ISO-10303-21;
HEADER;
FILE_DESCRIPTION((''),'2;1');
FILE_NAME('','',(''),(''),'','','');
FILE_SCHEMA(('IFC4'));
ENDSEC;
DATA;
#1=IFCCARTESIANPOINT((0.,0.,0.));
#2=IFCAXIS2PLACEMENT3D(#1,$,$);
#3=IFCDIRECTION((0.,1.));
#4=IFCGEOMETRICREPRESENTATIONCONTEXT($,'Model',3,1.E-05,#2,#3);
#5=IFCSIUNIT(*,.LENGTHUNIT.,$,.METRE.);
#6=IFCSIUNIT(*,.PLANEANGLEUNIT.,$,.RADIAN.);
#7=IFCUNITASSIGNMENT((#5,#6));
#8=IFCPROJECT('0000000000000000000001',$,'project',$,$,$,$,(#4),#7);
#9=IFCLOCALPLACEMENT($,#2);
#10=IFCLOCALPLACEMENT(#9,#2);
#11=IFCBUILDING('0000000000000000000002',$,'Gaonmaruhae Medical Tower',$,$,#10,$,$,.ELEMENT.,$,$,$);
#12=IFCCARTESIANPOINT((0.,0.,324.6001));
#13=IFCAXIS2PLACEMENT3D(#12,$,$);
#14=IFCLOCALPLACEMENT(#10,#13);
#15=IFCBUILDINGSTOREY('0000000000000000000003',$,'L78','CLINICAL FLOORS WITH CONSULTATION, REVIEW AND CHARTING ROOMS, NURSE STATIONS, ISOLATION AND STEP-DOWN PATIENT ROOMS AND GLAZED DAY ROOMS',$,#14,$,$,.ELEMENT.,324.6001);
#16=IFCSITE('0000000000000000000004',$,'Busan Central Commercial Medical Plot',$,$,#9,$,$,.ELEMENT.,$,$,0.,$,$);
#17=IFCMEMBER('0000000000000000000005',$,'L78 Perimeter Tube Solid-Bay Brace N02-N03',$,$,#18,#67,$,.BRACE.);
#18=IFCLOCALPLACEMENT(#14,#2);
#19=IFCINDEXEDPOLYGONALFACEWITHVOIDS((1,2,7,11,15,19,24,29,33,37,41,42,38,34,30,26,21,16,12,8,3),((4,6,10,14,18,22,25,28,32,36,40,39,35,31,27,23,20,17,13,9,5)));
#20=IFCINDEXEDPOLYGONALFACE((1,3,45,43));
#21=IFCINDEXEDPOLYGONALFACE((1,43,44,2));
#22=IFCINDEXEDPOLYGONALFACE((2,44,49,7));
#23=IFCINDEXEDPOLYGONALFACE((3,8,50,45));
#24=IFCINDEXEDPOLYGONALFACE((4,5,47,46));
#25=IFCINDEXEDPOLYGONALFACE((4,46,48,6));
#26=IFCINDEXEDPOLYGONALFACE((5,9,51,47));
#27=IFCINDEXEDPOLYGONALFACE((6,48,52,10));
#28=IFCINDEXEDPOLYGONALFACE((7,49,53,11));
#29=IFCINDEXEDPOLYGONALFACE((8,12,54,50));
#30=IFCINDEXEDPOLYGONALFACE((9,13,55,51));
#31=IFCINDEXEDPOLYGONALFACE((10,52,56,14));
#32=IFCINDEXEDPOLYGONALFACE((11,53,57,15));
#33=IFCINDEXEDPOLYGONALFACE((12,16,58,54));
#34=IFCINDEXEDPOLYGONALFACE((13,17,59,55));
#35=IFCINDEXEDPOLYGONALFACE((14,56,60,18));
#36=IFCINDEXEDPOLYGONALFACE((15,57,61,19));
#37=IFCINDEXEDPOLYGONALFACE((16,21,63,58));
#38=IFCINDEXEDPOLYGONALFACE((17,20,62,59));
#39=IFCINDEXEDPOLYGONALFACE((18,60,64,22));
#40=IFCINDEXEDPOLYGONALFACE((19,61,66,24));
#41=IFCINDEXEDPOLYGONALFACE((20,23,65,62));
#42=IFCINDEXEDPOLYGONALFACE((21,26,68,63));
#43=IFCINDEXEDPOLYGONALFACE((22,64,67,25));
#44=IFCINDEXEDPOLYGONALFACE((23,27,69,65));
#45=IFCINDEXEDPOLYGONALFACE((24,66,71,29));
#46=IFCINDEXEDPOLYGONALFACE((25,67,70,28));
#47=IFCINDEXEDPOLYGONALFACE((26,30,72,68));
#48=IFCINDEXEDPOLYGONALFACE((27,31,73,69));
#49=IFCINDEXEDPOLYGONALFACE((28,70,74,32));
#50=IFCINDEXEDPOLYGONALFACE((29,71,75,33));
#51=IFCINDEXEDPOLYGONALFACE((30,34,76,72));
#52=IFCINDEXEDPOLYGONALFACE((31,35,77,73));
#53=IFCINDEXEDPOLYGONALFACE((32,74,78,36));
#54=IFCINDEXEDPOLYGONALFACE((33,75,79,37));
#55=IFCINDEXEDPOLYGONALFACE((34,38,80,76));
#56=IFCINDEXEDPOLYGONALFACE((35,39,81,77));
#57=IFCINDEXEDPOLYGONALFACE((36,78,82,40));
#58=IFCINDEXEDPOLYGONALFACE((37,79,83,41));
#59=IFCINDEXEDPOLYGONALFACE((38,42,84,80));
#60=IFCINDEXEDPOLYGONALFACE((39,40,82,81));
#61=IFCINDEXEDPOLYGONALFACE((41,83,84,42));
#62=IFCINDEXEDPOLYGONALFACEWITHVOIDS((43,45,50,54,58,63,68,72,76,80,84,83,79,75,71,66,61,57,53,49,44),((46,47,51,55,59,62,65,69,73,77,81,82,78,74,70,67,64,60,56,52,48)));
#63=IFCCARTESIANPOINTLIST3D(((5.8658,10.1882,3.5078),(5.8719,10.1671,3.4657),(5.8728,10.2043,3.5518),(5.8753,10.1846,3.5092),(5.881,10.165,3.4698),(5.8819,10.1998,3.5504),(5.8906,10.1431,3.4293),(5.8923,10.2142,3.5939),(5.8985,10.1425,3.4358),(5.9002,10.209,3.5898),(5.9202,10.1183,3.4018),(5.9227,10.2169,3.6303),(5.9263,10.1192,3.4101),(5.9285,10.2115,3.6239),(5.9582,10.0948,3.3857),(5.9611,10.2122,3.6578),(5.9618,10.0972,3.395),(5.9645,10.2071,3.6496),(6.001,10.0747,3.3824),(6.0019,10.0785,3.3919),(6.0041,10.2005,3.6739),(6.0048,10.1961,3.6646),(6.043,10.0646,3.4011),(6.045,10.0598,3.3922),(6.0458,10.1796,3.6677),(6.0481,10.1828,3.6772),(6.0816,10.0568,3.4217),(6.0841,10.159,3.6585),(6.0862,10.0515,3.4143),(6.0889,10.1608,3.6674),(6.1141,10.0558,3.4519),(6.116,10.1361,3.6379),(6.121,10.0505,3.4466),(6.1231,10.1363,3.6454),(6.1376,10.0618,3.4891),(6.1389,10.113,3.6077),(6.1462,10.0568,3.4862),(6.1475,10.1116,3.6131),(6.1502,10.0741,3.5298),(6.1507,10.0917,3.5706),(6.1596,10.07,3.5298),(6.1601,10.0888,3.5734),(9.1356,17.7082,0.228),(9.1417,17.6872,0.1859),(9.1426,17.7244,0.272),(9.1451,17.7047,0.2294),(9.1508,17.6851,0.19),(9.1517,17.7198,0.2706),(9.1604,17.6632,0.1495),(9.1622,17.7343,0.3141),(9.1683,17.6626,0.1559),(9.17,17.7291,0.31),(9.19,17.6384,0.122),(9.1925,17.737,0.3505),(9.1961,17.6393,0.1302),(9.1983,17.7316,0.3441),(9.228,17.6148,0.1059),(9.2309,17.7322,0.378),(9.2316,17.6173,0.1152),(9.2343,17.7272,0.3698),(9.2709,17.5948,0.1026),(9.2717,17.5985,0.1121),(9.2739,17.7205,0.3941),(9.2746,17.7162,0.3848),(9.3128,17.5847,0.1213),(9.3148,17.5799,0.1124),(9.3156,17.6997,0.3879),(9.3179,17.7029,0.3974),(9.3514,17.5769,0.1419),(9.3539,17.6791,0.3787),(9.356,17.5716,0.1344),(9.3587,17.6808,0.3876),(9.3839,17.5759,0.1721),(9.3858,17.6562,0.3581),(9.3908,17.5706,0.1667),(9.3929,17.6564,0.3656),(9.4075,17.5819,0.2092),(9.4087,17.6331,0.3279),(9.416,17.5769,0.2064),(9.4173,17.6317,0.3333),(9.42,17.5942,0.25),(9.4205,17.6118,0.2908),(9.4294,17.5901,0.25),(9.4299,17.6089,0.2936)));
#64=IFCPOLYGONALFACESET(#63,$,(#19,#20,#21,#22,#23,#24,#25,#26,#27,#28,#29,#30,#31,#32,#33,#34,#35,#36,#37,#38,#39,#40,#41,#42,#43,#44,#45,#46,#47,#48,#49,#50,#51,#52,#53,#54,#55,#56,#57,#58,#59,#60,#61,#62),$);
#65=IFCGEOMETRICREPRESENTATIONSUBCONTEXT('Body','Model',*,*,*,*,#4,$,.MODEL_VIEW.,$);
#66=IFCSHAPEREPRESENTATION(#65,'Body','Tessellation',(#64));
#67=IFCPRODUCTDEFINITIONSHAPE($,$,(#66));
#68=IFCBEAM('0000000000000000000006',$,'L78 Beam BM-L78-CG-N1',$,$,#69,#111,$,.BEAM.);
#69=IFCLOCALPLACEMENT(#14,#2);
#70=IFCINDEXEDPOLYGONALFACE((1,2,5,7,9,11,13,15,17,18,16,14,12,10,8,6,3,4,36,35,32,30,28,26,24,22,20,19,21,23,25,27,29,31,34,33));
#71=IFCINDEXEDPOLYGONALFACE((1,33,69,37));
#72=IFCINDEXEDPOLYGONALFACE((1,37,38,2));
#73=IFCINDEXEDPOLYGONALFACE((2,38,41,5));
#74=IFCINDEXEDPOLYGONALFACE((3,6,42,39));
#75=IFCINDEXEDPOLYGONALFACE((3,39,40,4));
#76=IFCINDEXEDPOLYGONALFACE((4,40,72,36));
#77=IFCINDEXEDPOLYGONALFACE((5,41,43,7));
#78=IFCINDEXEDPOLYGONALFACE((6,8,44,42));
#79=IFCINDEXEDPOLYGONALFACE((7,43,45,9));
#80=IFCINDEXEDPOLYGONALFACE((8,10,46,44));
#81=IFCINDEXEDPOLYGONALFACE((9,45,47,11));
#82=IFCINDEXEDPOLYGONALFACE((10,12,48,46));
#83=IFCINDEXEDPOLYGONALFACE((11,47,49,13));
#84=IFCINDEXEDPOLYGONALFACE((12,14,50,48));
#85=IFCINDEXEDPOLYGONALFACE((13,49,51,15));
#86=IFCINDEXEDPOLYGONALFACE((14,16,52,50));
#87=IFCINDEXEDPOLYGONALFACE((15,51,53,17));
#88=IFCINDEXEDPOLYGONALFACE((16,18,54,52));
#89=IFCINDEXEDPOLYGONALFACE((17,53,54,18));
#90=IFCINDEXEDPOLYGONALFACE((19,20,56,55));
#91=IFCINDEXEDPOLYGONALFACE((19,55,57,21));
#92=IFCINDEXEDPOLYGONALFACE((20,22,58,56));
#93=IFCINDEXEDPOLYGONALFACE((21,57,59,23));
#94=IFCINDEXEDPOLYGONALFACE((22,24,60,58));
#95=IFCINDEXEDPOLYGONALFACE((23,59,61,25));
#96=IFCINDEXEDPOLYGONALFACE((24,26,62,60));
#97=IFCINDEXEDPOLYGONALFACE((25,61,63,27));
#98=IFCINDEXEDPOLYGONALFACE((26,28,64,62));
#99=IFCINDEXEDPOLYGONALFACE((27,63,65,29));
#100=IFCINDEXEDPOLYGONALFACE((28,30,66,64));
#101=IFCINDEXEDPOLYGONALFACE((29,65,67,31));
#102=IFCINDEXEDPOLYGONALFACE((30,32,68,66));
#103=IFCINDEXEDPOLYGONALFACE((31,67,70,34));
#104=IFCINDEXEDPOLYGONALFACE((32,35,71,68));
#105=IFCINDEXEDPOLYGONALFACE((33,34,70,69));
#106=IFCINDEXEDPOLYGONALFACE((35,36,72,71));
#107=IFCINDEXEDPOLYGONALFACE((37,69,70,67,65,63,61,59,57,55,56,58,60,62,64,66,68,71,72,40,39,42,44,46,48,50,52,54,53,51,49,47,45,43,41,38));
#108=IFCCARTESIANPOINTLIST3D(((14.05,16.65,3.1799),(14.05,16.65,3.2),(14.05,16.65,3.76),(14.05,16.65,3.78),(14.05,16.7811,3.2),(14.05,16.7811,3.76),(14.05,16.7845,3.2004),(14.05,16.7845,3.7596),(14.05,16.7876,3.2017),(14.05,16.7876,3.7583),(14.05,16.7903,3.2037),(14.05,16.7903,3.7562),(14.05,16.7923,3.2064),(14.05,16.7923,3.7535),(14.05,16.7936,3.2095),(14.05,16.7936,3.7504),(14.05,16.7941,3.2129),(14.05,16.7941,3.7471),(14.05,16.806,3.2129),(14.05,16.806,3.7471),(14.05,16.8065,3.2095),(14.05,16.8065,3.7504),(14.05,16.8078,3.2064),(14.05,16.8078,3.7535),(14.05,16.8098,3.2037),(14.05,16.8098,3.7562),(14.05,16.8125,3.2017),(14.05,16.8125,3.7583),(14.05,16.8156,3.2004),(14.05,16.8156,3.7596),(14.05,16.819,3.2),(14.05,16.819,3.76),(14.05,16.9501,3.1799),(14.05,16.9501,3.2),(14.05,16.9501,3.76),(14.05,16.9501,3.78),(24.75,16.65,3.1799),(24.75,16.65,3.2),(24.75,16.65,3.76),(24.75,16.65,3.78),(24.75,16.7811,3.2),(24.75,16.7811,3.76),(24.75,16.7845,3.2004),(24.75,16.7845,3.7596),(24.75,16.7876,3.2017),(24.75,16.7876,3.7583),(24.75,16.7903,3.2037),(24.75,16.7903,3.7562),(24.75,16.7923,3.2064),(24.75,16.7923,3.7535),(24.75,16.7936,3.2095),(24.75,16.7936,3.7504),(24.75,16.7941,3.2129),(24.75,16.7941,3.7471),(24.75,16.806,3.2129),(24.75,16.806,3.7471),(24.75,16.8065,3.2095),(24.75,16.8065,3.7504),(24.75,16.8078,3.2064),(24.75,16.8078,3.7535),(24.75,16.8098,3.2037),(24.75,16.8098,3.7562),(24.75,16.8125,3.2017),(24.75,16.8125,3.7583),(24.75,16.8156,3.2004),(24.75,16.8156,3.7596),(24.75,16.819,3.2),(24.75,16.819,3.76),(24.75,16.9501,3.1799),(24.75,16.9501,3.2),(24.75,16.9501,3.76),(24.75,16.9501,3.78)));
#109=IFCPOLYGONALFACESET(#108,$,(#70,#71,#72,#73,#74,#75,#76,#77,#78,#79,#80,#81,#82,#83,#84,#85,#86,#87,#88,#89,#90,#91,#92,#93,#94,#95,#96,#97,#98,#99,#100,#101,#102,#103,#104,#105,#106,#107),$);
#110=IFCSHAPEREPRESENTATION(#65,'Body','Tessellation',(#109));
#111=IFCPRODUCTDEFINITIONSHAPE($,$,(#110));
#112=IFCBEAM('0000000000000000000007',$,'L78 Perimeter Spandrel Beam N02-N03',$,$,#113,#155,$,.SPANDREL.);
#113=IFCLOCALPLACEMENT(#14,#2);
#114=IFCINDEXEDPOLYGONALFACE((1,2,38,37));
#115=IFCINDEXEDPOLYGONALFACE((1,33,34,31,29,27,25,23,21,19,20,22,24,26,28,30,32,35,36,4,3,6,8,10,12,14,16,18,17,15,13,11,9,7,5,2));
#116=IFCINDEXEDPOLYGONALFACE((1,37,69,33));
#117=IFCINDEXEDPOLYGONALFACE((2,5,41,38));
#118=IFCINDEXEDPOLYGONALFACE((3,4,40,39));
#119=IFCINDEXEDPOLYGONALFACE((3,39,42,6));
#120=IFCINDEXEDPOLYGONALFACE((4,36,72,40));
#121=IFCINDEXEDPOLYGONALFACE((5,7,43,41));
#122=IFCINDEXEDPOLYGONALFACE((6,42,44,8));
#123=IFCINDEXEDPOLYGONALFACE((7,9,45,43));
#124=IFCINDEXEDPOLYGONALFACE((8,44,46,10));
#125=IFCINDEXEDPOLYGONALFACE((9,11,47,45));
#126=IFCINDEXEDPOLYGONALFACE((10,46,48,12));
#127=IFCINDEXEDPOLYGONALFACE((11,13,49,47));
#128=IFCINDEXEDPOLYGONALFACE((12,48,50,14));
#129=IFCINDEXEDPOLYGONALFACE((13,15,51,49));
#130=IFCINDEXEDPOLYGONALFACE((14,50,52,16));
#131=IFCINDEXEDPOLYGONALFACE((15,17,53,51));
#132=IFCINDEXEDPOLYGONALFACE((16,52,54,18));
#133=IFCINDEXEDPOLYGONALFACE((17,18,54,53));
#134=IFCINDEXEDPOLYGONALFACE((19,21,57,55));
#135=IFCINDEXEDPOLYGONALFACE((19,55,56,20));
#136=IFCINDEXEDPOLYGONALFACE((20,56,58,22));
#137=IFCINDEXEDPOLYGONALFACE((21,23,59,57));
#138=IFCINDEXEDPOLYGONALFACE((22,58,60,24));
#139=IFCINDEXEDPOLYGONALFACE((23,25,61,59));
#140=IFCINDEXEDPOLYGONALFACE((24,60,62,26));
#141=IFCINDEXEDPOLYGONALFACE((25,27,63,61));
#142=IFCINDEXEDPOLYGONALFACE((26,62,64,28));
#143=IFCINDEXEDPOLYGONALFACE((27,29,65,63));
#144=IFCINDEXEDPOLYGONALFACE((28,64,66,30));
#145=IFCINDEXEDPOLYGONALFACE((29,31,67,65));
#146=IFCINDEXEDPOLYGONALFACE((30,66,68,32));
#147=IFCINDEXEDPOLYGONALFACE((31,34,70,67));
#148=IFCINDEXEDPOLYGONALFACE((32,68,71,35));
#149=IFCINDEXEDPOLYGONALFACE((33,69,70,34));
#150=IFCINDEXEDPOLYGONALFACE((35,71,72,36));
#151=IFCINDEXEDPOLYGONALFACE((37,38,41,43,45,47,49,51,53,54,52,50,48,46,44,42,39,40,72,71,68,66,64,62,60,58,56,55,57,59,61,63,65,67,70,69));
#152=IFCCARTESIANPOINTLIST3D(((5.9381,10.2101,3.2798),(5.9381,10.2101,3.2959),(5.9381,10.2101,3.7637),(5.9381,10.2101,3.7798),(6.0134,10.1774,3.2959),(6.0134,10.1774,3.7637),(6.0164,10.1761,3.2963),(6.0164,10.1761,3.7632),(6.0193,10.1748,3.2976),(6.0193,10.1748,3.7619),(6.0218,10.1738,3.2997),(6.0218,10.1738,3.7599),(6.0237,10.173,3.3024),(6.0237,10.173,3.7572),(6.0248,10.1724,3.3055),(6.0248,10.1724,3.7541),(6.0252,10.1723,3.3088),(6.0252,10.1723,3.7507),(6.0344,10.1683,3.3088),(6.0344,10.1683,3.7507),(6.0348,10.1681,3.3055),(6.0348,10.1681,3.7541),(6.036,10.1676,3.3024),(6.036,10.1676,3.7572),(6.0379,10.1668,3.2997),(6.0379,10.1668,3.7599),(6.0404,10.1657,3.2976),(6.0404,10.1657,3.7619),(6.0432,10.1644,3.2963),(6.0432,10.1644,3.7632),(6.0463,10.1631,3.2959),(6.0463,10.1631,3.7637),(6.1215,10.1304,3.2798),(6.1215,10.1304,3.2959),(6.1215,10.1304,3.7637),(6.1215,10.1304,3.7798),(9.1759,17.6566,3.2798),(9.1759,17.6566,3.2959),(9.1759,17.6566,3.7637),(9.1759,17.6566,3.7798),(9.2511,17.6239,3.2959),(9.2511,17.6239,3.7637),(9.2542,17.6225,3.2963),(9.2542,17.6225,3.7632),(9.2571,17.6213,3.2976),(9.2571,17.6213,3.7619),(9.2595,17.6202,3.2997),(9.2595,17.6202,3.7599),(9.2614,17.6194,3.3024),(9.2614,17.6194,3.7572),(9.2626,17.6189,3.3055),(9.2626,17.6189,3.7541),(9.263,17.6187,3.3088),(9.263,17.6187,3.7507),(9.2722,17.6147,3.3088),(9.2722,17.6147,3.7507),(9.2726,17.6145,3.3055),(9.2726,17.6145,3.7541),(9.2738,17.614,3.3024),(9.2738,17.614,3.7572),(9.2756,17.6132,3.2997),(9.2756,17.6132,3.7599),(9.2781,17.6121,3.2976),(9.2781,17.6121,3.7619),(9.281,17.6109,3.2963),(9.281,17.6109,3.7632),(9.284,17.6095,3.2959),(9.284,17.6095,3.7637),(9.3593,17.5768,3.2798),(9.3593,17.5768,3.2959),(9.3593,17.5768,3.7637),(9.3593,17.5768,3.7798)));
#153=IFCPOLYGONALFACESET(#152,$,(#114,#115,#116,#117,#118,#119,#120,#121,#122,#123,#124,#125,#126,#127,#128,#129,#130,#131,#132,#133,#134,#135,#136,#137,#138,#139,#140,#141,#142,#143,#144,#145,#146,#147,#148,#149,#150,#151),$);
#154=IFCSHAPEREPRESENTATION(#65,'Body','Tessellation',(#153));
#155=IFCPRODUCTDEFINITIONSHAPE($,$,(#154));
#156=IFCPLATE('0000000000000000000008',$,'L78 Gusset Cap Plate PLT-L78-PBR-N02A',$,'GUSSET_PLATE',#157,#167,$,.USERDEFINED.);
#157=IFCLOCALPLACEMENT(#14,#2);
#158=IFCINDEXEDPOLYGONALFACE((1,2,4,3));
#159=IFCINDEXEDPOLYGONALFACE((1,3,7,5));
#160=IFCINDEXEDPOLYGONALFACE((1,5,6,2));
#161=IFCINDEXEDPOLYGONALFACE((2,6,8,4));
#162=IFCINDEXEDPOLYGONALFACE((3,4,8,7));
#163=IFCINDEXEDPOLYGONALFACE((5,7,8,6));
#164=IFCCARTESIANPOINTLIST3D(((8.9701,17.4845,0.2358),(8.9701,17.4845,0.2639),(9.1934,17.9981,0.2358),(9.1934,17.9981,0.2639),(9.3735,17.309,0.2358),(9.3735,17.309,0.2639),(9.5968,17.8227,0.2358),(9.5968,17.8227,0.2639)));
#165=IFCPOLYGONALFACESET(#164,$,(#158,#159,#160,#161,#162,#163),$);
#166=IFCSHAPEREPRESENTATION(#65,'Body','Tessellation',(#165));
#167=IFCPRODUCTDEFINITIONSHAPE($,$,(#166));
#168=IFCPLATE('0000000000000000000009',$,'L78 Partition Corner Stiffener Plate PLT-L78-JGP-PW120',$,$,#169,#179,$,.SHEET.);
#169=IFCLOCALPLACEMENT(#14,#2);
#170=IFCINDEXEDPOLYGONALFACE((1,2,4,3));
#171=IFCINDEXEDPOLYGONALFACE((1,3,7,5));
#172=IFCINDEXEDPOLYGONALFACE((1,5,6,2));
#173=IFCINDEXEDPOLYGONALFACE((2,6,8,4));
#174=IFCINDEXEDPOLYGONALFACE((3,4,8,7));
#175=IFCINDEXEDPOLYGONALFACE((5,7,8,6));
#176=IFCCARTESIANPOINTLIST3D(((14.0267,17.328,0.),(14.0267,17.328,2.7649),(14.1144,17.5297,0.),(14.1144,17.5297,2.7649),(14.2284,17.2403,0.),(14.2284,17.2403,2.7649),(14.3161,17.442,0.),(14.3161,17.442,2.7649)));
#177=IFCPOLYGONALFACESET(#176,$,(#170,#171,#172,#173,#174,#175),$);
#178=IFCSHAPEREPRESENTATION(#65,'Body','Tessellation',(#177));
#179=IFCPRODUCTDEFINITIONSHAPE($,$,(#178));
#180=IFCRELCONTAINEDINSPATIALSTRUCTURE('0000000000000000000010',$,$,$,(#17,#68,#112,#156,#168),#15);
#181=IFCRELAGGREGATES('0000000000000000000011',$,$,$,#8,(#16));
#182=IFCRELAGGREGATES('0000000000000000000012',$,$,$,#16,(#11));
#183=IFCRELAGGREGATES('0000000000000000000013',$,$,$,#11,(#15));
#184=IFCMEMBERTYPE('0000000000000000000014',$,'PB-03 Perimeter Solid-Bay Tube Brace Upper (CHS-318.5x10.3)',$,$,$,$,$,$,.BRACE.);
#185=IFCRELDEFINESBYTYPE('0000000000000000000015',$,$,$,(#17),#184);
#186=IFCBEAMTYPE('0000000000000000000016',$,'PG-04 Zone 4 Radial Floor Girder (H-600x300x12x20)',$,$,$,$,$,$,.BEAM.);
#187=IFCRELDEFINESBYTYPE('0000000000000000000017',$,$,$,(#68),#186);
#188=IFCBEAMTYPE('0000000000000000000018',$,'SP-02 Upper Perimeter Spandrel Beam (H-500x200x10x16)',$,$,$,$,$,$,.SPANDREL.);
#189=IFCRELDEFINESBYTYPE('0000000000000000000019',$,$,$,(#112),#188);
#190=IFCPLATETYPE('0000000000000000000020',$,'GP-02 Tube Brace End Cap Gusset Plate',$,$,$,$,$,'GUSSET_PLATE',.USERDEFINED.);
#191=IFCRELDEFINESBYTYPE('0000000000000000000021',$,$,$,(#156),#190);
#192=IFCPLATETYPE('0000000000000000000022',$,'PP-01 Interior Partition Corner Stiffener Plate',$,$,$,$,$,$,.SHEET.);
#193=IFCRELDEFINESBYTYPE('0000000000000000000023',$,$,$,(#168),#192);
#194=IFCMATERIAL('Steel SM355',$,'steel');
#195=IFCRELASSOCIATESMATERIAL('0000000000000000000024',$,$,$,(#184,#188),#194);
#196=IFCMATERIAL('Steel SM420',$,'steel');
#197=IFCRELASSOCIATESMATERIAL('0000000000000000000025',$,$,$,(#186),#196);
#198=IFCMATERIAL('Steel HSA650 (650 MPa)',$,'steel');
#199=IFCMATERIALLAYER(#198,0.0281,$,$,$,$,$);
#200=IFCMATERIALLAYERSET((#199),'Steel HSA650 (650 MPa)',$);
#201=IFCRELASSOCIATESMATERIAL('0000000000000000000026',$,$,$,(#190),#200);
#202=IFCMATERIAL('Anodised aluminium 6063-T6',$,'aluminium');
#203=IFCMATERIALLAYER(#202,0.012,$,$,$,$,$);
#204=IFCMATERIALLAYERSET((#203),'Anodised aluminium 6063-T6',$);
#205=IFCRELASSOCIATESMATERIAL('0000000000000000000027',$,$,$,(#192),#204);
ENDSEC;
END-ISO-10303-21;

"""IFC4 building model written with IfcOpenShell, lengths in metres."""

from ifc_helpers import new_model, si_unit, direction, frame, origin, origin_2d, place, context, subcontext, project, spatial, rectangle, hollow_circle, i_section, extrude, material, layer, layer_set, material_profile, profile_set, type_object, element, save


model = new_model("IFC4")

# Units and contexts
model_context = context("Model", 3, precision=1e-05, world=origin(), true_north=direction((0.0, 1.0)))
body_context = subcontext(model_context, "Body", "Model", "MODEL_VIEW")
ifc_project = project(units=[si_unit("LENGTHUNIT", "METRE"), si_unit("PLANEANGLEUNIT", "RADIAN")], contexts=[model_context])

# Site, building, storey
site_placement = place(None, origin())
site = spatial("IfcSite", under=ifc_project, at=site_placement, Name="Busan Central Commercial Medical Plot", CompositionType="ELEMENT", RefElevation=0.0)
building_placement = place(site_placement, origin())
building = spatial("IfcBuilding", under=site, at=building_placement, Name="Gaonmaruhae Medical Tower", CompositionType="ELEMENT")
storey_placement = place(building_placement, frame((0.0, 0.0, 324.6001)))
storey = spatial("IfcBuildingStorey", under=building, at=storey_placement, Name="L78", Description="CLINICAL FLOORS WITH CONSULTATION, REVIEW AND CHARTING ROOMS, NURSE STATIONS, ISOLATION AND STEP-DOWN PATIENT ROOMS AND GLAZED DAY ROOMS", CompositionType="ELEMENT", Elevation=324.6001)

# Shared definitions
ifc_material_1 = material(Name="Steel SM420", Category="steel")
ifc_material_2 = material(Name="Steel SM355", Category="steel")

# Member
ifc_material_profile_1 = material_profile(ifc_material_2, hollow_circle(Radius=0.1592, WallThickness=0.0103, at=origin_2d()), Name="CHS-318.5x10.3")
ifc_profile_set_1 = profile_set([ifc_material_profile_1], Name="Steel SM355")
member_type = type_object("IfcMemberType", Name="PB-03 Perimeter Solid-Bay Tube Brace Upper (CHS-318.5x10.3)", PredefinedType="BRACE", material=ifc_profile_set_1)
member_placement = place(storey_placement, frame((9.2834, 17.6536, 0.25), z_axis=(-0.370231, -0.851479, 0.371365), x_axis=(0.917061, -0.398747, 0.0)))
element("IfcMember", 1, at=member_placement, inside=storey, type_object=member_type, Name="L78 Perimeter Tube Solid-Bay Brace N02-N03", PredefinedType="BRACE", context=body_context, shape_type="SweptSolid", body=[
    extrude(hollow_circle(Radius=0.1592, WallThickness=0.0103, at=origin_2d()), origin(), (0.0, 0.0, 1.0), 8.8318),
])

# Beams
ifc_material_profile_2 = material_profile(ifc_material_1, i_section(OverallWidth=0.3, OverallDepth=0.6001, WebThickness=0.012, FlangeThickness=0.02, FilletRadius=0.0129, at=origin_2d()), Name="H-600x300x12x20")
ifc_profile_set_2 = profile_set([ifc_material_profile_2], Name="Steel SM420")
beam_type_1 = type_object("IfcBeamType", Name="PG-04 Zone 4 Radial Floor Girder (H-600x300x12x20)", PredefinedType="BEAM", material=ifc_profile_set_2)
beam_1_placement = place(storey_placement, frame((14.05, 16.8, 3.48), z_axis=(1.0, 0.0, 0.0), x_axis=(0.0, 1.0, 0.0)))
element("IfcBeam", 2, at=beam_1_placement, inside=storey, type_object=beam_type_1, Name="L78 Beam BM-L78-CG-N1", PredefinedType="BEAM", context=body_context, shape_type="SweptSolid", body=[
    extrude(i_section(OverallWidth=0.3, OverallDepth=0.6001, WebThickness=0.012, FlangeThickness=0.02, FilletRadius=0.0129, at=origin_2d()), origin(), (0.0, 0.0, 1.0), 10.7),
])
ifc_material_profile_3 = material_profile(ifc_material_2, i_section(OverallWidth=0.2, OverallDepth=0.5, WebThickness=0.01, FlangeThickness=0.0161, FilletRadius=0.0129, at=origin_2d()), Name="H-500x200x10x16")
ifc_profile_set_3 = profile_set([ifc_material_profile_3], Name="Steel SM355")
beam_type_2 = type_object("IfcBeamType", Name="SP-02 Upper Perimeter Spandrel Beam (H-500x200x10x16)", PredefinedType="SPANDREL", material=ifc_profile_set_3)
beam_2_placement = place(storey_placement, frame((9.2676, 17.6167, 3.5298), z_axis=(-0.398744, -0.917062, 0.0), x_axis=(0.917062, -0.398744, 0.0)))
element("IfcBeam", 3, at=beam_2_placement, inside=storey, type_object=beam_type_2, Name="L78 Perimeter Spandrel Beam N02-N03", PredefinedType="SPANDREL", context=body_context, shape_type="SweptSolid", body=[
    extrude(i_section(OverallWidth=0.2, OverallDepth=0.5, WebThickness=0.01, FlangeThickness=0.0161, FilletRadius=0.0129, at=origin_2d()), origin(), (0.0, 0.0, 1.0), 8.1199),
])

# Plates
ifc_material_3 = material(Name="Steel HSA650 (650 MPa)", Category="steel")
ifc_layer_1 = layer(ifc_material_3, 0.0281)
ifc_layer_set_1 = layer_set([ifc_layer_1], Name="Steel HSA650 (650 MPa)")
plate_type_1 = type_object("IfcPlateType", Name="GP-02 Tube Brace End Cap Gusset Plate", ElementType="GUSSET_PLATE", PredefinedType="USERDEFINED", material=ifc_layer_set_1)
plate_1_placement = place(storey_placement, frame((9.2834, 17.6536, 0.2358), z_axis=(0.0, 0.0, 1.0), x_axis=(0.398749, 0.91706, 0.0)))
element("IfcPlate", 4, at=plate_1_placement, inside=storey, type_object=plate_type_1, Name="L78 Gusset Cap Plate PLT-L78-PBR-N02A", ObjectType="GUSSET_PLATE", PredefinedType="USERDEFINED", context=body_context, shape_type="SweptSolid", body=[
    extrude(rectangle(XDim=0.5601, YDim=0.4399, at=origin_2d()), origin(), (0.0, 0.0, 1.0), 0.0281),
])
ifc_material_4 = material(Name="Anodised aluminium 6063-T6", Category="aluminium")
ifc_layer_2 = layer(ifc_material_4, 0.012)
ifc_layer_set_2 = layer_set([ifc_layer_2], Name="Anodised aluminium 6063-T6")
plate_type_2 = type_object("IfcPlateType", Name="PP-01 Interior Partition Corner Stiffener Plate", PredefinedType="SHEET", material=ifc_layer_set_2)
plate_2_placement = place(storey_placement, frame((14.1714, 17.385, 0.0), z_axis=(0.0, 0.0, 1.0), x_axis=(-0.398941, -0.916977, 0.0)))
element("IfcPlate", 5, at=plate_2_placement, inside=storey, type_object=plate_type_2, Name="L78 Partition Corner Stiffener Plate PLT-L78-JGP-PW120", PredefinedType="SHEET", context=body_context, shape_type="SweptSolid", body=[
    extrude(rectangle(XDim=0.22, YDim=0.22, at=origin_2d()), origin(), (0.0, 0.0, 1.0), 2.7649),
])

save(model, "model.ifc")
